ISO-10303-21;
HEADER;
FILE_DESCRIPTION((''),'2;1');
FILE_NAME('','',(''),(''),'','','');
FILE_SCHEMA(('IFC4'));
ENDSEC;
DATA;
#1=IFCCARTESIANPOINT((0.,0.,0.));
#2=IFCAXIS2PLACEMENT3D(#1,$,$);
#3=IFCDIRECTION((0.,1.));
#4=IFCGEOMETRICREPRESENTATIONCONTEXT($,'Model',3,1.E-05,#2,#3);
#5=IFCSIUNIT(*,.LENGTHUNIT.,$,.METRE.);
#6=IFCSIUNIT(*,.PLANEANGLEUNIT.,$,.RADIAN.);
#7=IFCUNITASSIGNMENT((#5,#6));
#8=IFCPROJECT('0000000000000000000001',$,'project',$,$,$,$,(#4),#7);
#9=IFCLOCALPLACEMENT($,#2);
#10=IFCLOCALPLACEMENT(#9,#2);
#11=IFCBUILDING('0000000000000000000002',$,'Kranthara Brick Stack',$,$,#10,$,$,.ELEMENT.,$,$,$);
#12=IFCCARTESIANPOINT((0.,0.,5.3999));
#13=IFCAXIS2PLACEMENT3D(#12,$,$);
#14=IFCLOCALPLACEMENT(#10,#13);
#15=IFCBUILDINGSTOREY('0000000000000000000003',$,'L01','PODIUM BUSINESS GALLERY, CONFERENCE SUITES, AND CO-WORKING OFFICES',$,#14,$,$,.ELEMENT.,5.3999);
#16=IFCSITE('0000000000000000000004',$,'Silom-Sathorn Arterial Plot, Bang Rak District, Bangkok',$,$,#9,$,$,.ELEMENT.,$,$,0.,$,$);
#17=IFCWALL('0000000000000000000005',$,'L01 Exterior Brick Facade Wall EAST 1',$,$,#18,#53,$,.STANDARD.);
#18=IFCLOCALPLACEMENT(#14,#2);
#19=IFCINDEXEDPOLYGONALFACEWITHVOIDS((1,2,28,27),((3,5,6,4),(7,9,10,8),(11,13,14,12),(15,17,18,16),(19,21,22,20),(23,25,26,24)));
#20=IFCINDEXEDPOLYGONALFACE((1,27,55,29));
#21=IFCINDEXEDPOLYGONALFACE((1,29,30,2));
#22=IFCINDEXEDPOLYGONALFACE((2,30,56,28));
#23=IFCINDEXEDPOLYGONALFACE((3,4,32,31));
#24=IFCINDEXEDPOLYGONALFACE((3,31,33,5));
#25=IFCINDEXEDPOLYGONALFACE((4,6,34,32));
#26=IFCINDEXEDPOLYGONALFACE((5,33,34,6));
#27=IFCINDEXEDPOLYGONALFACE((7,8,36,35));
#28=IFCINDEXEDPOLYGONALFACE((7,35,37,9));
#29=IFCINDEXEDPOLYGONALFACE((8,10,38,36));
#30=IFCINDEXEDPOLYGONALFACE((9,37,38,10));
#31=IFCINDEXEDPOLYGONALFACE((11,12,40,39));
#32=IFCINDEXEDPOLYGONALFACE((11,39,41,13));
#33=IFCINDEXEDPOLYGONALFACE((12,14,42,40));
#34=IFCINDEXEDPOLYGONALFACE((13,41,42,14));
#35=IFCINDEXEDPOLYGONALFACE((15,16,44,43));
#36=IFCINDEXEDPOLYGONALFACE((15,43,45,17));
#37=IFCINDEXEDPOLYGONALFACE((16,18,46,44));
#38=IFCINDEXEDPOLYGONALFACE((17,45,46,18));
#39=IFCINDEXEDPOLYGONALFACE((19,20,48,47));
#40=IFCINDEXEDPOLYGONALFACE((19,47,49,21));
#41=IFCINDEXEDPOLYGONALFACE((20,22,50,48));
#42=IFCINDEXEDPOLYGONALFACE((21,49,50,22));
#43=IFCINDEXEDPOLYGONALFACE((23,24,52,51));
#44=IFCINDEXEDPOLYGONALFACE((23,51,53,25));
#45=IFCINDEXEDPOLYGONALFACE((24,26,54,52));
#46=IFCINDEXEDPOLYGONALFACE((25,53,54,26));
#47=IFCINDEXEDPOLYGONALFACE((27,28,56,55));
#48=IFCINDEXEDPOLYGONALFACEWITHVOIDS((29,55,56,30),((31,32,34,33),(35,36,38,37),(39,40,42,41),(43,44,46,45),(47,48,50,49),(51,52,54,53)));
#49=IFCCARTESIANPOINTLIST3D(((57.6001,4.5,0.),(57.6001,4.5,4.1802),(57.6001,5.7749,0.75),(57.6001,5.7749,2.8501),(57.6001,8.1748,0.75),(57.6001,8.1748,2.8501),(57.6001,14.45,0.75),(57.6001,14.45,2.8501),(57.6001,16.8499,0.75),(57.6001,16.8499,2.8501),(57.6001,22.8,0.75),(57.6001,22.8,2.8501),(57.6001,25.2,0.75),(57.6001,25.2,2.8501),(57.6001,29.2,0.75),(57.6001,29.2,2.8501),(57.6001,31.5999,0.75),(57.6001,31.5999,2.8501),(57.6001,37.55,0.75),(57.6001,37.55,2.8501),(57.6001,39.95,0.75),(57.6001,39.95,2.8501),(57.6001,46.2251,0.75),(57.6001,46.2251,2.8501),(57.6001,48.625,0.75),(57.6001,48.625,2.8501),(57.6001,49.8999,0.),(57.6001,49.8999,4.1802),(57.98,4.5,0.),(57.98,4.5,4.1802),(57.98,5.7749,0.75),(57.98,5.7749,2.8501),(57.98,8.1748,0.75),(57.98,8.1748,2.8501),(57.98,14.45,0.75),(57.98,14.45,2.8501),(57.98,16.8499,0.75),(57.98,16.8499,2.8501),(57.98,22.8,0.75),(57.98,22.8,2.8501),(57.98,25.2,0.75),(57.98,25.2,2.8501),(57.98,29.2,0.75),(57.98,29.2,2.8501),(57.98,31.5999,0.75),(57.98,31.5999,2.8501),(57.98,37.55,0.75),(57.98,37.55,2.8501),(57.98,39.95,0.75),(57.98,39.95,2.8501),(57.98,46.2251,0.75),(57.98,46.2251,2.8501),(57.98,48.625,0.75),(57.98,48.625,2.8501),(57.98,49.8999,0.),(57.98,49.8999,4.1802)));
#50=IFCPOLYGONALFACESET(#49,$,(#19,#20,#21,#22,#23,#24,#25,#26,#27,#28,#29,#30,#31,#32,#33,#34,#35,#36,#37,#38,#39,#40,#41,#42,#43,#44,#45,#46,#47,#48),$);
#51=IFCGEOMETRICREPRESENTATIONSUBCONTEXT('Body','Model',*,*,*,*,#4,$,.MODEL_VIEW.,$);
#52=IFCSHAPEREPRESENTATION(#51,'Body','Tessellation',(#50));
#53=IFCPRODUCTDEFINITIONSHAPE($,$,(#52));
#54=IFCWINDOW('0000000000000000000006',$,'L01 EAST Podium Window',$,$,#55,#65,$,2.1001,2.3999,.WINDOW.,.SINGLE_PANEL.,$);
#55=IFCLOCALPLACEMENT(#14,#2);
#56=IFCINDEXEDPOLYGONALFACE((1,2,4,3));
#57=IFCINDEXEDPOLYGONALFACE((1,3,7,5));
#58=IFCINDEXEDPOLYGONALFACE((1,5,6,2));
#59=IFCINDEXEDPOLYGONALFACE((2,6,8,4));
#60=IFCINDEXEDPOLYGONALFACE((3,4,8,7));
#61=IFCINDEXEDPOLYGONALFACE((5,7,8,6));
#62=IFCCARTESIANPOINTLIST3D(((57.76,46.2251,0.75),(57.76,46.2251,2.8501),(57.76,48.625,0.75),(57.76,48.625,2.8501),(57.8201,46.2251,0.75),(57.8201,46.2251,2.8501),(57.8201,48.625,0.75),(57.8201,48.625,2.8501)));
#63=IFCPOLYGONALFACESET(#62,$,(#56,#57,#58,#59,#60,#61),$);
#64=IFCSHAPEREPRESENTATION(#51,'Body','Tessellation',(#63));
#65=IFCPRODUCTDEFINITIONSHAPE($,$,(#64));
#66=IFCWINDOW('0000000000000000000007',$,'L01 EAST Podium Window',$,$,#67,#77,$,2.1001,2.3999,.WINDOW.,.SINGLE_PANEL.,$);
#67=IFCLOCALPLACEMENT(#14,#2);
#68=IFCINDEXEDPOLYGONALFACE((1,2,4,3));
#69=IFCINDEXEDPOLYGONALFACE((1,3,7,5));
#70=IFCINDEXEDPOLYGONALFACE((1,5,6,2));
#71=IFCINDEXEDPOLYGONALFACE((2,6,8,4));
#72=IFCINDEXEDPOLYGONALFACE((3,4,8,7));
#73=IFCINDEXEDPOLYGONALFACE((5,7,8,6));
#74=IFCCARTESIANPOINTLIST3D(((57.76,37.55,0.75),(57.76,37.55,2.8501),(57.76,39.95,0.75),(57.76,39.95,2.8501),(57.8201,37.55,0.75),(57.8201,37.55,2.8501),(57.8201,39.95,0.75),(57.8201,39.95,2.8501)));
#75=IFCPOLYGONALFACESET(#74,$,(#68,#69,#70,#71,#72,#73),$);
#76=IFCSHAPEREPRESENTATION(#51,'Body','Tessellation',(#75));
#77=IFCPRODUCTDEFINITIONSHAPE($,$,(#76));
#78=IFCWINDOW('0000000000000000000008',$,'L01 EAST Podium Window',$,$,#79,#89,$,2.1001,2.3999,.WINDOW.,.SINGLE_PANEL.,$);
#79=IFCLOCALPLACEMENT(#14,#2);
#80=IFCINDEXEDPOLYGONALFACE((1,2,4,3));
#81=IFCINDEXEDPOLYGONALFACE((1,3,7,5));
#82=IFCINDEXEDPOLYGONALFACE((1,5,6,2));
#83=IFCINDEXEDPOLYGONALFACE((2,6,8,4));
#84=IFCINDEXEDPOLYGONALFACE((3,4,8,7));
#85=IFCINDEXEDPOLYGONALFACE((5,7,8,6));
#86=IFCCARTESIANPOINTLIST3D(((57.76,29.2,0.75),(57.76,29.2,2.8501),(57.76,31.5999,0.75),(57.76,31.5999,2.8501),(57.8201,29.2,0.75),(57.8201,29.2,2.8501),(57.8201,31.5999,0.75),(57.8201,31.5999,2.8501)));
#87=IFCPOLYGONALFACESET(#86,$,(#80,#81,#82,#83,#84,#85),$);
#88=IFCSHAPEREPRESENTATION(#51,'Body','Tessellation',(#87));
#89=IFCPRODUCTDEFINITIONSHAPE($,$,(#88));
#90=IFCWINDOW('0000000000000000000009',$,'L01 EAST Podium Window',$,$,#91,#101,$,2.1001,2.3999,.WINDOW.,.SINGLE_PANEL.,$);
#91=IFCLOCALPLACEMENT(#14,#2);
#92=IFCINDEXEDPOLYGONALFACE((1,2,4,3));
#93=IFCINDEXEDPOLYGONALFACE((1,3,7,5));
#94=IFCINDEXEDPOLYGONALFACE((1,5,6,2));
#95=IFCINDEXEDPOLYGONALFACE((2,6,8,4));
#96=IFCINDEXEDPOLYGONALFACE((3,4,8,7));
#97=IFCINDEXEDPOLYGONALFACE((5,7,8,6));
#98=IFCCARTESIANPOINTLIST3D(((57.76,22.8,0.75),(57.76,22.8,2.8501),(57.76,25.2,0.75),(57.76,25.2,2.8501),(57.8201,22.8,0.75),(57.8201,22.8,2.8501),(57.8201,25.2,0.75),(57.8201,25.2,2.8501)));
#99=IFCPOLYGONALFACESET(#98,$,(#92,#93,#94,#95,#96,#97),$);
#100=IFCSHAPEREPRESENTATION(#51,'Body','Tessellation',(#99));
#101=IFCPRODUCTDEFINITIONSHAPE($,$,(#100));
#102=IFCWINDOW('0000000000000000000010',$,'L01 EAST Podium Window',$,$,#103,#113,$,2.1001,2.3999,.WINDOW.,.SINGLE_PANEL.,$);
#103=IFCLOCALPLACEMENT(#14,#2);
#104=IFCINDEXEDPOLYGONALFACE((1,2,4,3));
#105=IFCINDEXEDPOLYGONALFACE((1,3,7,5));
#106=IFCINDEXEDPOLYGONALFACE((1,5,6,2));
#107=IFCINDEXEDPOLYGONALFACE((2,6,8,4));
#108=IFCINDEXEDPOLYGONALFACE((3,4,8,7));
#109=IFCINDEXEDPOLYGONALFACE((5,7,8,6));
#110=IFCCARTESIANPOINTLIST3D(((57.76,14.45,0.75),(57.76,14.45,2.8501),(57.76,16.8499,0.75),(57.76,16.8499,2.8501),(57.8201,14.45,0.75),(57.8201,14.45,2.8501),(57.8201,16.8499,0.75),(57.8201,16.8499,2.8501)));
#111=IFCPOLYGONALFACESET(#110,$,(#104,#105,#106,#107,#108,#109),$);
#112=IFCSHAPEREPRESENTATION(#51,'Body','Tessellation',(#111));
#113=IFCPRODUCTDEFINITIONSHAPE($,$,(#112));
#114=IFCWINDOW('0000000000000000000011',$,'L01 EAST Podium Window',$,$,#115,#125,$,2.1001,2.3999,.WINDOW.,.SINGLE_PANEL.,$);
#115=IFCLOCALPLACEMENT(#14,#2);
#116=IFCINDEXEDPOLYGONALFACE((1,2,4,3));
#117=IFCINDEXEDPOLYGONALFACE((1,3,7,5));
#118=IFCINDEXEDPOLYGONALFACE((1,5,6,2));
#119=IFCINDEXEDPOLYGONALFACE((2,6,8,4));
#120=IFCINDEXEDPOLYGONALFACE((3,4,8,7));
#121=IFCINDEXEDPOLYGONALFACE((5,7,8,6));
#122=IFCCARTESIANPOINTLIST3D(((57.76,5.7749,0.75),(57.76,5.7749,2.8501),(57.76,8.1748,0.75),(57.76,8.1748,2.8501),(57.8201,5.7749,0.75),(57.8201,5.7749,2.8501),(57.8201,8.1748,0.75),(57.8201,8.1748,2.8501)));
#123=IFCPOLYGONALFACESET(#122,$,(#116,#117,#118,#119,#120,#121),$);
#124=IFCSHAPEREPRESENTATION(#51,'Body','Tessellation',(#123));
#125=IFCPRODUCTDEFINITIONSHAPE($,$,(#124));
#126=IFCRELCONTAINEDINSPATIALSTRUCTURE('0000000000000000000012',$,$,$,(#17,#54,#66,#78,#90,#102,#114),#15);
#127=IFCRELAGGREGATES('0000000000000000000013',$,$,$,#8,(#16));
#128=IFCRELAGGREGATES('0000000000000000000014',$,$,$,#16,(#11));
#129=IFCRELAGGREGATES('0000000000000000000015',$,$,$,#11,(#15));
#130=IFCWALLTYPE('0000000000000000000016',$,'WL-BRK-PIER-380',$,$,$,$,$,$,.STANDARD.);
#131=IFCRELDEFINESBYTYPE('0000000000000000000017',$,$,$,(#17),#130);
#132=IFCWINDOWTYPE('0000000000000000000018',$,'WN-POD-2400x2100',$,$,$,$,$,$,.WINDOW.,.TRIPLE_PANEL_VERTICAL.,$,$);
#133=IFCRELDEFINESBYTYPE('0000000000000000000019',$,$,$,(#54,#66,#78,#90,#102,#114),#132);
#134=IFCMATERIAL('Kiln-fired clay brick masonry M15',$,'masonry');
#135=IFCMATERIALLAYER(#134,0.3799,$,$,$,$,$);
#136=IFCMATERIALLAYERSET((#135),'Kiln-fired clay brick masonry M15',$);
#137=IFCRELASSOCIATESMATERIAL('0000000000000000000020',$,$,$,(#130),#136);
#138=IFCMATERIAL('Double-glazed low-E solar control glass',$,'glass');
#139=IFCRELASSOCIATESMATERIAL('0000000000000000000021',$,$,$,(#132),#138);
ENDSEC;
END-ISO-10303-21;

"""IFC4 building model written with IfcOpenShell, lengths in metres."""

from ifc_helpers import new_model, si_unit, direction, frame, frame_2d, origin, place, context, subcontext, project, spatial, rectangle, extrude, material, layer, layer_set, type_object, element, fill, save


model = new_model("IFC4")

# Units and contexts
model_context = context("Model", 3, precision=1e-05, world=origin(), true_north=direction((0.0, 1.0)))
body_context = subcontext(model_context, "Body", "Model", "MODEL_VIEW")
ifc_project = project(units=[si_unit("LENGTHUNIT", "METRE"), si_unit("PLANEANGLEUNIT", "RADIAN")], contexts=[model_context])

# Site, building, storey
site_placement = place(None, origin())
site = spatial("IfcSite", under=ifc_project, at=site_placement, Name="Silom-Sathorn Arterial Plot, Bang Rak District, Bangkok", CompositionType="ELEMENT", RefElevation=0.0)
building_placement = place(site_placement, origin())
building = spatial("IfcBuilding", under=site, at=building_placement, Name="Kranthara Brick Stack", CompositionType="ELEMENT")
storey_placement = place(building_placement, frame((0.0, 0.0, 5.3999)))
storey = spatial("IfcBuildingStorey", under=building, at=storey_placement, Name="L01", Description="PODIUM BUSINESS GALLERY, CONFERENCE SUITES, AND CO-WORKING OFFICES", CompositionType="ELEMENT", Elevation=5.3999)

# Shared definitions
ifc_material_1 = material(Name="Kiln-fired clay brick masonry M15", Category="masonry")
ifc_layer = layer(ifc_material_1, 0.3799)
ifc_layer_set = layer_set([ifc_layer], Name="Kiln-fired clay brick masonry M15")
wall_type = type_object("IfcWallType", Name="WL-BRK-PIER-380", PredefinedType="STANDARD", material=ifc_layer_set)

# Wall, openings, windows
wall_1_placement = place(storey_placement, frame((57.79, 49.8999, 0.0), z_axis=(0.0, 0.0, 1.0), x_axis=(0.0, -1.0, 0.0)))
wall_1 = element("IfcWall", 1, at=wall_1_placement, inside=storey, type_object=wall_type, Name="L01 Exterior Brick Facade Wall EAST 1", PredefinedType="STANDARD", context=body_context, shape_type="SweptSolid", body=[
    extrude(rectangle(XDim=45.3999, YDim=0.3799, at=frame_2d((22.7, 0.0))), origin(), (0.0, 0.0, 1.0), 4.1802),
])
opening_1_placement = place(wall_1_placement, frame((1.2749, 0.0, 0.75)))
opening_1 = element("IfcOpeningElement", 2, at=opening_1_placement, cuts=wall_1, PredefinedType="OPENING", context=body_context, shape_type="SweptSolid", body=[
    extrude(rectangle(XDim=2.3999, YDim=2.1001, at=frame_2d((1.2, 1.05))), frame((0.0, 0.2, 0.0), z_axis=(0.0, -1.0, 0.0), x_axis=(1.0, 0.0, 0.0)), (0.0, 0.0, 1.0), 0.3999),
])
opening_2_placement = place(wall_1_placement, frame((9.95, 0.0, 0.75)))
opening_2 = element("IfcOpeningElement", 3, at=opening_2_placement, cuts=wall_1, PredefinedType="OPENING", context=body_context, shape_type="SweptSolid", body=[
    extrude(rectangle(XDim=2.3999, YDim=2.1001, at=frame_2d((1.2, 1.05))), frame((0.0, 0.2, 0.0), z_axis=(0.0, -1.0, 0.0), x_axis=(1.0, 0.0, 0.0)), (0.0, 0.0, 1.0), 0.3999),
])
opening_3_placement = place(wall_1_placement, frame((18.3, 0.0, 0.75)))
opening_3 = element("IfcOpeningElement", 4, at=opening_3_placement, cuts=wall_1, PredefinedType="OPENING", context=body_context, shape_type="SweptSolid", body=[
    extrude(rectangle(XDim=2.3999, YDim=2.1001, at=frame_2d((1.2, 1.05))), frame((0.0, 0.2, 0.0), z_axis=(0.0, -1.0, 0.0), x_axis=(1.0, 0.0, 0.0)), (0.0, 0.0, 1.0), 0.3999),
])
opening_4_placement = place(wall_1_placement, frame((24.7, 0.0, 0.75)))
opening_4 = element("IfcOpeningElement", 5, at=opening_4_placement, cuts=wall_1, PredefinedType="OPENING", context=body_context, shape_type="SweptSolid", body=[
    extrude(rectangle(XDim=2.3999, YDim=2.1001, at=frame_2d((1.2, 1.05))), frame((0.0, 0.2, 0.0), z_axis=(0.0, -1.0, 0.0), x_axis=(1.0, 0.0, 0.0)), (0.0, 0.0, 1.0), 0.3999),
])
opening_5_placement = place(wall_1_placement, frame((33.05, 0.0, 0.75)))
opening_5 = element("IfcOpeningElement", 6, at=opening_5_placement, cuts=wall_1, PredefinedType="OPENING", context=body_context, shape_type="SweptSolid", body=[
    extrude(rectangle(XDim=2.3999, YDim=2.1001, at=frame_2d((1.2, 1.05))), frame((0.0, 0.2, 0.0), z_axis=(0.0, -1.0, 0.0), x_axis=(1.0, 0.0, 0.0)), (0.0, 0.0, 1.0), 0.3999),
])
opening_6_placement = place(wall_1_placement, frame((41.7251, 0.0, 0.75)))
opening_6 = element("IfcOpeningElement", 7, at=opening_6_placement, cuts=wall_1, PredefinedType="OPENING", context=body_context, shape_type="SweptSolid", body=[
    extrude(rectangle(XDim=2.3999, YDim=2.1001, at=frame_2d((1.2, 1.05))), frame((0.0, 0.2, 0.0), z_axis=(0.0, -1.0, 0.0), x_axis=(1.0, 0.0, 0.0)), (0.0, 0.0, 1.0), 0.3999),
])
ifc_material_2 = material(Name="Double-glazed low-E solar control glass", Category="glass")
window_type = type_object("IfcWindowType", Name="WN-POD-2400x2100", PartitioningType="TRIPLE_PANEL_VERTICAL", PredefinedType="WINDOW", material=ifc_material_2)
window_1_placement = place(opening_1_placement, origin())
window_1 = element("IfcWindow", 8, at=window_1_placement, inside=storey, type_object=window_type, Name="L01 EAST Podium Window", OverallHeight=2.1001, OverallWidth=2.3999, PartitioningType="SINGLE_PANEL", PredefinedType="WINDOW", context=body_context, shape_type="SweptSolid", body=[
    extrude(rectangle(XDim=2.3999, YDim=2.1001, at=frame_2d((1.2, 1.05))), frame((0.0, 0.03, 0.0), z_axis=(0.0, -1.0, 0.0), x_axis=(1.0, 0.0, 0.0)), (0.0, 0.0, 1.0), 0.0601),
])
fill(opening_1, window_1)
window_2_placement = place(opening_2_placement, origin())
window_2 = element("IfcWindow", 9, at=window_2_placement, inside=storey, type_object=window_type, Name="L01 EAST Podium Window", OverallHeight=2.1001, OverallWidth=2.3999, PartitioningType="SINGLE_PANEL", PredefinedType="WINDOW", context=body_context, shape_type="SweptSolid", body=[
    extrude(rectangle(XDim=2.3999, YDim=2.1001, at=frame_2d((1.2, 1.05))), frame((0.0, 0.03, 0.0), z_axis=(0.0, -1.0, 0.0), x_axis=(1.0, 0.0, 0.0)), (0.0, 0.0, 1.0), 0.0601),
])
fill(opening_2, window_2)
window_3_placement = place(opening_3_placement, origin())
window_3 = element("IfcWindow", 10, at=window_3_placement, inside=storey, type_object=window_type, Name="L01 EAST Podium Window", OverallHeight=2.1001, OverallWidth=2.3999, PartitioningType="SINGLE_PANEL", PredefinedType="WINDOW", context=body_context, shape_type="SweptSolid", body=[
    extrude(rectangle(XDim=2.3999, YDim=2.1001, at=frame_2d((1.2, 1.05))), frame((0.0, 0.03, 0.0), z_axis=(0.0, -1.0, 0.0), x_axis=(1.0, 0.0, 0.0)), (0.0, 0.0, 1.0), 0.0601),
])
fill(opening_3, window_3)
window_4_placement = place(opening_4_placement, origin())
window_4 = element("IfcWindow", 11, at=window_4_placement, inside=storey, type_object=window_type, Name="L01 EAST Podium Window", OverallHeight=2.1001, OverallWidth=2.3999, PartitioningType="SINGLE_PANEL", PredefinedType="WINDOW", context=body_context, shape_type="SweptSolid", body=[
    extrude(rectangle(XDim=2.3999, YDim=2.1001, at=frame_2d((1.2, 1.05))), frame((0.0, 0.03, 0.0), z_axis=(0.0, -1.0, 0.0), x_axis=(1.0, 0.0, 0.0)), (0.0, 0.0, 1.0), 0.0601),
])
fill(opening_4, window_4)
window_5_placement = place(opening_5_placement, origin())
window_5 = element("IfcWindow", 12, at=window_5_placement, inside=storey, type_object=window_type, Name="L01 EAST Podium Window", OverallHeight=2.1001, OverallWidth=2.3999, PartitioningType="SINGLE_PANEL", PredefinedType="WINDOW", context=body_context, shape_type="SweptSolid", body=[
    extrude(rectangle(XDim=2.3999, YDim=2.1001, at=frame_2d((1.2, 1.05))), frame((0.0, 0.03, 0.0), z_axis=(0.0, -1.0, 0.0), x_axis=(1.0, 0.0, 0.0)), (0.0, 0.0, 1.0), 0.0601),
])
fill(opening_5, window_5)
window_6_placement = place(opening_6_placement, origin())
window_6 = element("IfcWindow", 13, at=window_6_placement, inside=storey, type_object=window_type, Name="L01 EAST Podium Window", OverallHeight=2.1001, OverallWidth=2.3999, PartitioningType="SINGLE_PANEL", PredefinedType="WINDOW", context=body_context, shape_type="SweptSolid", body=[
    extrude(rectangle(XDim=2.3999, YDim=2.1001, at=frame_2d((1.2, 1.05))), frame((0.0, 0.03, 0.0), z_axis=(0.0, -1.0, 0.0), x_axis=(1.0, 0.0, 0.0)), (0.0, 0.0, 1.0), 0.0601),
])
fill(opening_6, window_6)

save(model, "model.ifc")
